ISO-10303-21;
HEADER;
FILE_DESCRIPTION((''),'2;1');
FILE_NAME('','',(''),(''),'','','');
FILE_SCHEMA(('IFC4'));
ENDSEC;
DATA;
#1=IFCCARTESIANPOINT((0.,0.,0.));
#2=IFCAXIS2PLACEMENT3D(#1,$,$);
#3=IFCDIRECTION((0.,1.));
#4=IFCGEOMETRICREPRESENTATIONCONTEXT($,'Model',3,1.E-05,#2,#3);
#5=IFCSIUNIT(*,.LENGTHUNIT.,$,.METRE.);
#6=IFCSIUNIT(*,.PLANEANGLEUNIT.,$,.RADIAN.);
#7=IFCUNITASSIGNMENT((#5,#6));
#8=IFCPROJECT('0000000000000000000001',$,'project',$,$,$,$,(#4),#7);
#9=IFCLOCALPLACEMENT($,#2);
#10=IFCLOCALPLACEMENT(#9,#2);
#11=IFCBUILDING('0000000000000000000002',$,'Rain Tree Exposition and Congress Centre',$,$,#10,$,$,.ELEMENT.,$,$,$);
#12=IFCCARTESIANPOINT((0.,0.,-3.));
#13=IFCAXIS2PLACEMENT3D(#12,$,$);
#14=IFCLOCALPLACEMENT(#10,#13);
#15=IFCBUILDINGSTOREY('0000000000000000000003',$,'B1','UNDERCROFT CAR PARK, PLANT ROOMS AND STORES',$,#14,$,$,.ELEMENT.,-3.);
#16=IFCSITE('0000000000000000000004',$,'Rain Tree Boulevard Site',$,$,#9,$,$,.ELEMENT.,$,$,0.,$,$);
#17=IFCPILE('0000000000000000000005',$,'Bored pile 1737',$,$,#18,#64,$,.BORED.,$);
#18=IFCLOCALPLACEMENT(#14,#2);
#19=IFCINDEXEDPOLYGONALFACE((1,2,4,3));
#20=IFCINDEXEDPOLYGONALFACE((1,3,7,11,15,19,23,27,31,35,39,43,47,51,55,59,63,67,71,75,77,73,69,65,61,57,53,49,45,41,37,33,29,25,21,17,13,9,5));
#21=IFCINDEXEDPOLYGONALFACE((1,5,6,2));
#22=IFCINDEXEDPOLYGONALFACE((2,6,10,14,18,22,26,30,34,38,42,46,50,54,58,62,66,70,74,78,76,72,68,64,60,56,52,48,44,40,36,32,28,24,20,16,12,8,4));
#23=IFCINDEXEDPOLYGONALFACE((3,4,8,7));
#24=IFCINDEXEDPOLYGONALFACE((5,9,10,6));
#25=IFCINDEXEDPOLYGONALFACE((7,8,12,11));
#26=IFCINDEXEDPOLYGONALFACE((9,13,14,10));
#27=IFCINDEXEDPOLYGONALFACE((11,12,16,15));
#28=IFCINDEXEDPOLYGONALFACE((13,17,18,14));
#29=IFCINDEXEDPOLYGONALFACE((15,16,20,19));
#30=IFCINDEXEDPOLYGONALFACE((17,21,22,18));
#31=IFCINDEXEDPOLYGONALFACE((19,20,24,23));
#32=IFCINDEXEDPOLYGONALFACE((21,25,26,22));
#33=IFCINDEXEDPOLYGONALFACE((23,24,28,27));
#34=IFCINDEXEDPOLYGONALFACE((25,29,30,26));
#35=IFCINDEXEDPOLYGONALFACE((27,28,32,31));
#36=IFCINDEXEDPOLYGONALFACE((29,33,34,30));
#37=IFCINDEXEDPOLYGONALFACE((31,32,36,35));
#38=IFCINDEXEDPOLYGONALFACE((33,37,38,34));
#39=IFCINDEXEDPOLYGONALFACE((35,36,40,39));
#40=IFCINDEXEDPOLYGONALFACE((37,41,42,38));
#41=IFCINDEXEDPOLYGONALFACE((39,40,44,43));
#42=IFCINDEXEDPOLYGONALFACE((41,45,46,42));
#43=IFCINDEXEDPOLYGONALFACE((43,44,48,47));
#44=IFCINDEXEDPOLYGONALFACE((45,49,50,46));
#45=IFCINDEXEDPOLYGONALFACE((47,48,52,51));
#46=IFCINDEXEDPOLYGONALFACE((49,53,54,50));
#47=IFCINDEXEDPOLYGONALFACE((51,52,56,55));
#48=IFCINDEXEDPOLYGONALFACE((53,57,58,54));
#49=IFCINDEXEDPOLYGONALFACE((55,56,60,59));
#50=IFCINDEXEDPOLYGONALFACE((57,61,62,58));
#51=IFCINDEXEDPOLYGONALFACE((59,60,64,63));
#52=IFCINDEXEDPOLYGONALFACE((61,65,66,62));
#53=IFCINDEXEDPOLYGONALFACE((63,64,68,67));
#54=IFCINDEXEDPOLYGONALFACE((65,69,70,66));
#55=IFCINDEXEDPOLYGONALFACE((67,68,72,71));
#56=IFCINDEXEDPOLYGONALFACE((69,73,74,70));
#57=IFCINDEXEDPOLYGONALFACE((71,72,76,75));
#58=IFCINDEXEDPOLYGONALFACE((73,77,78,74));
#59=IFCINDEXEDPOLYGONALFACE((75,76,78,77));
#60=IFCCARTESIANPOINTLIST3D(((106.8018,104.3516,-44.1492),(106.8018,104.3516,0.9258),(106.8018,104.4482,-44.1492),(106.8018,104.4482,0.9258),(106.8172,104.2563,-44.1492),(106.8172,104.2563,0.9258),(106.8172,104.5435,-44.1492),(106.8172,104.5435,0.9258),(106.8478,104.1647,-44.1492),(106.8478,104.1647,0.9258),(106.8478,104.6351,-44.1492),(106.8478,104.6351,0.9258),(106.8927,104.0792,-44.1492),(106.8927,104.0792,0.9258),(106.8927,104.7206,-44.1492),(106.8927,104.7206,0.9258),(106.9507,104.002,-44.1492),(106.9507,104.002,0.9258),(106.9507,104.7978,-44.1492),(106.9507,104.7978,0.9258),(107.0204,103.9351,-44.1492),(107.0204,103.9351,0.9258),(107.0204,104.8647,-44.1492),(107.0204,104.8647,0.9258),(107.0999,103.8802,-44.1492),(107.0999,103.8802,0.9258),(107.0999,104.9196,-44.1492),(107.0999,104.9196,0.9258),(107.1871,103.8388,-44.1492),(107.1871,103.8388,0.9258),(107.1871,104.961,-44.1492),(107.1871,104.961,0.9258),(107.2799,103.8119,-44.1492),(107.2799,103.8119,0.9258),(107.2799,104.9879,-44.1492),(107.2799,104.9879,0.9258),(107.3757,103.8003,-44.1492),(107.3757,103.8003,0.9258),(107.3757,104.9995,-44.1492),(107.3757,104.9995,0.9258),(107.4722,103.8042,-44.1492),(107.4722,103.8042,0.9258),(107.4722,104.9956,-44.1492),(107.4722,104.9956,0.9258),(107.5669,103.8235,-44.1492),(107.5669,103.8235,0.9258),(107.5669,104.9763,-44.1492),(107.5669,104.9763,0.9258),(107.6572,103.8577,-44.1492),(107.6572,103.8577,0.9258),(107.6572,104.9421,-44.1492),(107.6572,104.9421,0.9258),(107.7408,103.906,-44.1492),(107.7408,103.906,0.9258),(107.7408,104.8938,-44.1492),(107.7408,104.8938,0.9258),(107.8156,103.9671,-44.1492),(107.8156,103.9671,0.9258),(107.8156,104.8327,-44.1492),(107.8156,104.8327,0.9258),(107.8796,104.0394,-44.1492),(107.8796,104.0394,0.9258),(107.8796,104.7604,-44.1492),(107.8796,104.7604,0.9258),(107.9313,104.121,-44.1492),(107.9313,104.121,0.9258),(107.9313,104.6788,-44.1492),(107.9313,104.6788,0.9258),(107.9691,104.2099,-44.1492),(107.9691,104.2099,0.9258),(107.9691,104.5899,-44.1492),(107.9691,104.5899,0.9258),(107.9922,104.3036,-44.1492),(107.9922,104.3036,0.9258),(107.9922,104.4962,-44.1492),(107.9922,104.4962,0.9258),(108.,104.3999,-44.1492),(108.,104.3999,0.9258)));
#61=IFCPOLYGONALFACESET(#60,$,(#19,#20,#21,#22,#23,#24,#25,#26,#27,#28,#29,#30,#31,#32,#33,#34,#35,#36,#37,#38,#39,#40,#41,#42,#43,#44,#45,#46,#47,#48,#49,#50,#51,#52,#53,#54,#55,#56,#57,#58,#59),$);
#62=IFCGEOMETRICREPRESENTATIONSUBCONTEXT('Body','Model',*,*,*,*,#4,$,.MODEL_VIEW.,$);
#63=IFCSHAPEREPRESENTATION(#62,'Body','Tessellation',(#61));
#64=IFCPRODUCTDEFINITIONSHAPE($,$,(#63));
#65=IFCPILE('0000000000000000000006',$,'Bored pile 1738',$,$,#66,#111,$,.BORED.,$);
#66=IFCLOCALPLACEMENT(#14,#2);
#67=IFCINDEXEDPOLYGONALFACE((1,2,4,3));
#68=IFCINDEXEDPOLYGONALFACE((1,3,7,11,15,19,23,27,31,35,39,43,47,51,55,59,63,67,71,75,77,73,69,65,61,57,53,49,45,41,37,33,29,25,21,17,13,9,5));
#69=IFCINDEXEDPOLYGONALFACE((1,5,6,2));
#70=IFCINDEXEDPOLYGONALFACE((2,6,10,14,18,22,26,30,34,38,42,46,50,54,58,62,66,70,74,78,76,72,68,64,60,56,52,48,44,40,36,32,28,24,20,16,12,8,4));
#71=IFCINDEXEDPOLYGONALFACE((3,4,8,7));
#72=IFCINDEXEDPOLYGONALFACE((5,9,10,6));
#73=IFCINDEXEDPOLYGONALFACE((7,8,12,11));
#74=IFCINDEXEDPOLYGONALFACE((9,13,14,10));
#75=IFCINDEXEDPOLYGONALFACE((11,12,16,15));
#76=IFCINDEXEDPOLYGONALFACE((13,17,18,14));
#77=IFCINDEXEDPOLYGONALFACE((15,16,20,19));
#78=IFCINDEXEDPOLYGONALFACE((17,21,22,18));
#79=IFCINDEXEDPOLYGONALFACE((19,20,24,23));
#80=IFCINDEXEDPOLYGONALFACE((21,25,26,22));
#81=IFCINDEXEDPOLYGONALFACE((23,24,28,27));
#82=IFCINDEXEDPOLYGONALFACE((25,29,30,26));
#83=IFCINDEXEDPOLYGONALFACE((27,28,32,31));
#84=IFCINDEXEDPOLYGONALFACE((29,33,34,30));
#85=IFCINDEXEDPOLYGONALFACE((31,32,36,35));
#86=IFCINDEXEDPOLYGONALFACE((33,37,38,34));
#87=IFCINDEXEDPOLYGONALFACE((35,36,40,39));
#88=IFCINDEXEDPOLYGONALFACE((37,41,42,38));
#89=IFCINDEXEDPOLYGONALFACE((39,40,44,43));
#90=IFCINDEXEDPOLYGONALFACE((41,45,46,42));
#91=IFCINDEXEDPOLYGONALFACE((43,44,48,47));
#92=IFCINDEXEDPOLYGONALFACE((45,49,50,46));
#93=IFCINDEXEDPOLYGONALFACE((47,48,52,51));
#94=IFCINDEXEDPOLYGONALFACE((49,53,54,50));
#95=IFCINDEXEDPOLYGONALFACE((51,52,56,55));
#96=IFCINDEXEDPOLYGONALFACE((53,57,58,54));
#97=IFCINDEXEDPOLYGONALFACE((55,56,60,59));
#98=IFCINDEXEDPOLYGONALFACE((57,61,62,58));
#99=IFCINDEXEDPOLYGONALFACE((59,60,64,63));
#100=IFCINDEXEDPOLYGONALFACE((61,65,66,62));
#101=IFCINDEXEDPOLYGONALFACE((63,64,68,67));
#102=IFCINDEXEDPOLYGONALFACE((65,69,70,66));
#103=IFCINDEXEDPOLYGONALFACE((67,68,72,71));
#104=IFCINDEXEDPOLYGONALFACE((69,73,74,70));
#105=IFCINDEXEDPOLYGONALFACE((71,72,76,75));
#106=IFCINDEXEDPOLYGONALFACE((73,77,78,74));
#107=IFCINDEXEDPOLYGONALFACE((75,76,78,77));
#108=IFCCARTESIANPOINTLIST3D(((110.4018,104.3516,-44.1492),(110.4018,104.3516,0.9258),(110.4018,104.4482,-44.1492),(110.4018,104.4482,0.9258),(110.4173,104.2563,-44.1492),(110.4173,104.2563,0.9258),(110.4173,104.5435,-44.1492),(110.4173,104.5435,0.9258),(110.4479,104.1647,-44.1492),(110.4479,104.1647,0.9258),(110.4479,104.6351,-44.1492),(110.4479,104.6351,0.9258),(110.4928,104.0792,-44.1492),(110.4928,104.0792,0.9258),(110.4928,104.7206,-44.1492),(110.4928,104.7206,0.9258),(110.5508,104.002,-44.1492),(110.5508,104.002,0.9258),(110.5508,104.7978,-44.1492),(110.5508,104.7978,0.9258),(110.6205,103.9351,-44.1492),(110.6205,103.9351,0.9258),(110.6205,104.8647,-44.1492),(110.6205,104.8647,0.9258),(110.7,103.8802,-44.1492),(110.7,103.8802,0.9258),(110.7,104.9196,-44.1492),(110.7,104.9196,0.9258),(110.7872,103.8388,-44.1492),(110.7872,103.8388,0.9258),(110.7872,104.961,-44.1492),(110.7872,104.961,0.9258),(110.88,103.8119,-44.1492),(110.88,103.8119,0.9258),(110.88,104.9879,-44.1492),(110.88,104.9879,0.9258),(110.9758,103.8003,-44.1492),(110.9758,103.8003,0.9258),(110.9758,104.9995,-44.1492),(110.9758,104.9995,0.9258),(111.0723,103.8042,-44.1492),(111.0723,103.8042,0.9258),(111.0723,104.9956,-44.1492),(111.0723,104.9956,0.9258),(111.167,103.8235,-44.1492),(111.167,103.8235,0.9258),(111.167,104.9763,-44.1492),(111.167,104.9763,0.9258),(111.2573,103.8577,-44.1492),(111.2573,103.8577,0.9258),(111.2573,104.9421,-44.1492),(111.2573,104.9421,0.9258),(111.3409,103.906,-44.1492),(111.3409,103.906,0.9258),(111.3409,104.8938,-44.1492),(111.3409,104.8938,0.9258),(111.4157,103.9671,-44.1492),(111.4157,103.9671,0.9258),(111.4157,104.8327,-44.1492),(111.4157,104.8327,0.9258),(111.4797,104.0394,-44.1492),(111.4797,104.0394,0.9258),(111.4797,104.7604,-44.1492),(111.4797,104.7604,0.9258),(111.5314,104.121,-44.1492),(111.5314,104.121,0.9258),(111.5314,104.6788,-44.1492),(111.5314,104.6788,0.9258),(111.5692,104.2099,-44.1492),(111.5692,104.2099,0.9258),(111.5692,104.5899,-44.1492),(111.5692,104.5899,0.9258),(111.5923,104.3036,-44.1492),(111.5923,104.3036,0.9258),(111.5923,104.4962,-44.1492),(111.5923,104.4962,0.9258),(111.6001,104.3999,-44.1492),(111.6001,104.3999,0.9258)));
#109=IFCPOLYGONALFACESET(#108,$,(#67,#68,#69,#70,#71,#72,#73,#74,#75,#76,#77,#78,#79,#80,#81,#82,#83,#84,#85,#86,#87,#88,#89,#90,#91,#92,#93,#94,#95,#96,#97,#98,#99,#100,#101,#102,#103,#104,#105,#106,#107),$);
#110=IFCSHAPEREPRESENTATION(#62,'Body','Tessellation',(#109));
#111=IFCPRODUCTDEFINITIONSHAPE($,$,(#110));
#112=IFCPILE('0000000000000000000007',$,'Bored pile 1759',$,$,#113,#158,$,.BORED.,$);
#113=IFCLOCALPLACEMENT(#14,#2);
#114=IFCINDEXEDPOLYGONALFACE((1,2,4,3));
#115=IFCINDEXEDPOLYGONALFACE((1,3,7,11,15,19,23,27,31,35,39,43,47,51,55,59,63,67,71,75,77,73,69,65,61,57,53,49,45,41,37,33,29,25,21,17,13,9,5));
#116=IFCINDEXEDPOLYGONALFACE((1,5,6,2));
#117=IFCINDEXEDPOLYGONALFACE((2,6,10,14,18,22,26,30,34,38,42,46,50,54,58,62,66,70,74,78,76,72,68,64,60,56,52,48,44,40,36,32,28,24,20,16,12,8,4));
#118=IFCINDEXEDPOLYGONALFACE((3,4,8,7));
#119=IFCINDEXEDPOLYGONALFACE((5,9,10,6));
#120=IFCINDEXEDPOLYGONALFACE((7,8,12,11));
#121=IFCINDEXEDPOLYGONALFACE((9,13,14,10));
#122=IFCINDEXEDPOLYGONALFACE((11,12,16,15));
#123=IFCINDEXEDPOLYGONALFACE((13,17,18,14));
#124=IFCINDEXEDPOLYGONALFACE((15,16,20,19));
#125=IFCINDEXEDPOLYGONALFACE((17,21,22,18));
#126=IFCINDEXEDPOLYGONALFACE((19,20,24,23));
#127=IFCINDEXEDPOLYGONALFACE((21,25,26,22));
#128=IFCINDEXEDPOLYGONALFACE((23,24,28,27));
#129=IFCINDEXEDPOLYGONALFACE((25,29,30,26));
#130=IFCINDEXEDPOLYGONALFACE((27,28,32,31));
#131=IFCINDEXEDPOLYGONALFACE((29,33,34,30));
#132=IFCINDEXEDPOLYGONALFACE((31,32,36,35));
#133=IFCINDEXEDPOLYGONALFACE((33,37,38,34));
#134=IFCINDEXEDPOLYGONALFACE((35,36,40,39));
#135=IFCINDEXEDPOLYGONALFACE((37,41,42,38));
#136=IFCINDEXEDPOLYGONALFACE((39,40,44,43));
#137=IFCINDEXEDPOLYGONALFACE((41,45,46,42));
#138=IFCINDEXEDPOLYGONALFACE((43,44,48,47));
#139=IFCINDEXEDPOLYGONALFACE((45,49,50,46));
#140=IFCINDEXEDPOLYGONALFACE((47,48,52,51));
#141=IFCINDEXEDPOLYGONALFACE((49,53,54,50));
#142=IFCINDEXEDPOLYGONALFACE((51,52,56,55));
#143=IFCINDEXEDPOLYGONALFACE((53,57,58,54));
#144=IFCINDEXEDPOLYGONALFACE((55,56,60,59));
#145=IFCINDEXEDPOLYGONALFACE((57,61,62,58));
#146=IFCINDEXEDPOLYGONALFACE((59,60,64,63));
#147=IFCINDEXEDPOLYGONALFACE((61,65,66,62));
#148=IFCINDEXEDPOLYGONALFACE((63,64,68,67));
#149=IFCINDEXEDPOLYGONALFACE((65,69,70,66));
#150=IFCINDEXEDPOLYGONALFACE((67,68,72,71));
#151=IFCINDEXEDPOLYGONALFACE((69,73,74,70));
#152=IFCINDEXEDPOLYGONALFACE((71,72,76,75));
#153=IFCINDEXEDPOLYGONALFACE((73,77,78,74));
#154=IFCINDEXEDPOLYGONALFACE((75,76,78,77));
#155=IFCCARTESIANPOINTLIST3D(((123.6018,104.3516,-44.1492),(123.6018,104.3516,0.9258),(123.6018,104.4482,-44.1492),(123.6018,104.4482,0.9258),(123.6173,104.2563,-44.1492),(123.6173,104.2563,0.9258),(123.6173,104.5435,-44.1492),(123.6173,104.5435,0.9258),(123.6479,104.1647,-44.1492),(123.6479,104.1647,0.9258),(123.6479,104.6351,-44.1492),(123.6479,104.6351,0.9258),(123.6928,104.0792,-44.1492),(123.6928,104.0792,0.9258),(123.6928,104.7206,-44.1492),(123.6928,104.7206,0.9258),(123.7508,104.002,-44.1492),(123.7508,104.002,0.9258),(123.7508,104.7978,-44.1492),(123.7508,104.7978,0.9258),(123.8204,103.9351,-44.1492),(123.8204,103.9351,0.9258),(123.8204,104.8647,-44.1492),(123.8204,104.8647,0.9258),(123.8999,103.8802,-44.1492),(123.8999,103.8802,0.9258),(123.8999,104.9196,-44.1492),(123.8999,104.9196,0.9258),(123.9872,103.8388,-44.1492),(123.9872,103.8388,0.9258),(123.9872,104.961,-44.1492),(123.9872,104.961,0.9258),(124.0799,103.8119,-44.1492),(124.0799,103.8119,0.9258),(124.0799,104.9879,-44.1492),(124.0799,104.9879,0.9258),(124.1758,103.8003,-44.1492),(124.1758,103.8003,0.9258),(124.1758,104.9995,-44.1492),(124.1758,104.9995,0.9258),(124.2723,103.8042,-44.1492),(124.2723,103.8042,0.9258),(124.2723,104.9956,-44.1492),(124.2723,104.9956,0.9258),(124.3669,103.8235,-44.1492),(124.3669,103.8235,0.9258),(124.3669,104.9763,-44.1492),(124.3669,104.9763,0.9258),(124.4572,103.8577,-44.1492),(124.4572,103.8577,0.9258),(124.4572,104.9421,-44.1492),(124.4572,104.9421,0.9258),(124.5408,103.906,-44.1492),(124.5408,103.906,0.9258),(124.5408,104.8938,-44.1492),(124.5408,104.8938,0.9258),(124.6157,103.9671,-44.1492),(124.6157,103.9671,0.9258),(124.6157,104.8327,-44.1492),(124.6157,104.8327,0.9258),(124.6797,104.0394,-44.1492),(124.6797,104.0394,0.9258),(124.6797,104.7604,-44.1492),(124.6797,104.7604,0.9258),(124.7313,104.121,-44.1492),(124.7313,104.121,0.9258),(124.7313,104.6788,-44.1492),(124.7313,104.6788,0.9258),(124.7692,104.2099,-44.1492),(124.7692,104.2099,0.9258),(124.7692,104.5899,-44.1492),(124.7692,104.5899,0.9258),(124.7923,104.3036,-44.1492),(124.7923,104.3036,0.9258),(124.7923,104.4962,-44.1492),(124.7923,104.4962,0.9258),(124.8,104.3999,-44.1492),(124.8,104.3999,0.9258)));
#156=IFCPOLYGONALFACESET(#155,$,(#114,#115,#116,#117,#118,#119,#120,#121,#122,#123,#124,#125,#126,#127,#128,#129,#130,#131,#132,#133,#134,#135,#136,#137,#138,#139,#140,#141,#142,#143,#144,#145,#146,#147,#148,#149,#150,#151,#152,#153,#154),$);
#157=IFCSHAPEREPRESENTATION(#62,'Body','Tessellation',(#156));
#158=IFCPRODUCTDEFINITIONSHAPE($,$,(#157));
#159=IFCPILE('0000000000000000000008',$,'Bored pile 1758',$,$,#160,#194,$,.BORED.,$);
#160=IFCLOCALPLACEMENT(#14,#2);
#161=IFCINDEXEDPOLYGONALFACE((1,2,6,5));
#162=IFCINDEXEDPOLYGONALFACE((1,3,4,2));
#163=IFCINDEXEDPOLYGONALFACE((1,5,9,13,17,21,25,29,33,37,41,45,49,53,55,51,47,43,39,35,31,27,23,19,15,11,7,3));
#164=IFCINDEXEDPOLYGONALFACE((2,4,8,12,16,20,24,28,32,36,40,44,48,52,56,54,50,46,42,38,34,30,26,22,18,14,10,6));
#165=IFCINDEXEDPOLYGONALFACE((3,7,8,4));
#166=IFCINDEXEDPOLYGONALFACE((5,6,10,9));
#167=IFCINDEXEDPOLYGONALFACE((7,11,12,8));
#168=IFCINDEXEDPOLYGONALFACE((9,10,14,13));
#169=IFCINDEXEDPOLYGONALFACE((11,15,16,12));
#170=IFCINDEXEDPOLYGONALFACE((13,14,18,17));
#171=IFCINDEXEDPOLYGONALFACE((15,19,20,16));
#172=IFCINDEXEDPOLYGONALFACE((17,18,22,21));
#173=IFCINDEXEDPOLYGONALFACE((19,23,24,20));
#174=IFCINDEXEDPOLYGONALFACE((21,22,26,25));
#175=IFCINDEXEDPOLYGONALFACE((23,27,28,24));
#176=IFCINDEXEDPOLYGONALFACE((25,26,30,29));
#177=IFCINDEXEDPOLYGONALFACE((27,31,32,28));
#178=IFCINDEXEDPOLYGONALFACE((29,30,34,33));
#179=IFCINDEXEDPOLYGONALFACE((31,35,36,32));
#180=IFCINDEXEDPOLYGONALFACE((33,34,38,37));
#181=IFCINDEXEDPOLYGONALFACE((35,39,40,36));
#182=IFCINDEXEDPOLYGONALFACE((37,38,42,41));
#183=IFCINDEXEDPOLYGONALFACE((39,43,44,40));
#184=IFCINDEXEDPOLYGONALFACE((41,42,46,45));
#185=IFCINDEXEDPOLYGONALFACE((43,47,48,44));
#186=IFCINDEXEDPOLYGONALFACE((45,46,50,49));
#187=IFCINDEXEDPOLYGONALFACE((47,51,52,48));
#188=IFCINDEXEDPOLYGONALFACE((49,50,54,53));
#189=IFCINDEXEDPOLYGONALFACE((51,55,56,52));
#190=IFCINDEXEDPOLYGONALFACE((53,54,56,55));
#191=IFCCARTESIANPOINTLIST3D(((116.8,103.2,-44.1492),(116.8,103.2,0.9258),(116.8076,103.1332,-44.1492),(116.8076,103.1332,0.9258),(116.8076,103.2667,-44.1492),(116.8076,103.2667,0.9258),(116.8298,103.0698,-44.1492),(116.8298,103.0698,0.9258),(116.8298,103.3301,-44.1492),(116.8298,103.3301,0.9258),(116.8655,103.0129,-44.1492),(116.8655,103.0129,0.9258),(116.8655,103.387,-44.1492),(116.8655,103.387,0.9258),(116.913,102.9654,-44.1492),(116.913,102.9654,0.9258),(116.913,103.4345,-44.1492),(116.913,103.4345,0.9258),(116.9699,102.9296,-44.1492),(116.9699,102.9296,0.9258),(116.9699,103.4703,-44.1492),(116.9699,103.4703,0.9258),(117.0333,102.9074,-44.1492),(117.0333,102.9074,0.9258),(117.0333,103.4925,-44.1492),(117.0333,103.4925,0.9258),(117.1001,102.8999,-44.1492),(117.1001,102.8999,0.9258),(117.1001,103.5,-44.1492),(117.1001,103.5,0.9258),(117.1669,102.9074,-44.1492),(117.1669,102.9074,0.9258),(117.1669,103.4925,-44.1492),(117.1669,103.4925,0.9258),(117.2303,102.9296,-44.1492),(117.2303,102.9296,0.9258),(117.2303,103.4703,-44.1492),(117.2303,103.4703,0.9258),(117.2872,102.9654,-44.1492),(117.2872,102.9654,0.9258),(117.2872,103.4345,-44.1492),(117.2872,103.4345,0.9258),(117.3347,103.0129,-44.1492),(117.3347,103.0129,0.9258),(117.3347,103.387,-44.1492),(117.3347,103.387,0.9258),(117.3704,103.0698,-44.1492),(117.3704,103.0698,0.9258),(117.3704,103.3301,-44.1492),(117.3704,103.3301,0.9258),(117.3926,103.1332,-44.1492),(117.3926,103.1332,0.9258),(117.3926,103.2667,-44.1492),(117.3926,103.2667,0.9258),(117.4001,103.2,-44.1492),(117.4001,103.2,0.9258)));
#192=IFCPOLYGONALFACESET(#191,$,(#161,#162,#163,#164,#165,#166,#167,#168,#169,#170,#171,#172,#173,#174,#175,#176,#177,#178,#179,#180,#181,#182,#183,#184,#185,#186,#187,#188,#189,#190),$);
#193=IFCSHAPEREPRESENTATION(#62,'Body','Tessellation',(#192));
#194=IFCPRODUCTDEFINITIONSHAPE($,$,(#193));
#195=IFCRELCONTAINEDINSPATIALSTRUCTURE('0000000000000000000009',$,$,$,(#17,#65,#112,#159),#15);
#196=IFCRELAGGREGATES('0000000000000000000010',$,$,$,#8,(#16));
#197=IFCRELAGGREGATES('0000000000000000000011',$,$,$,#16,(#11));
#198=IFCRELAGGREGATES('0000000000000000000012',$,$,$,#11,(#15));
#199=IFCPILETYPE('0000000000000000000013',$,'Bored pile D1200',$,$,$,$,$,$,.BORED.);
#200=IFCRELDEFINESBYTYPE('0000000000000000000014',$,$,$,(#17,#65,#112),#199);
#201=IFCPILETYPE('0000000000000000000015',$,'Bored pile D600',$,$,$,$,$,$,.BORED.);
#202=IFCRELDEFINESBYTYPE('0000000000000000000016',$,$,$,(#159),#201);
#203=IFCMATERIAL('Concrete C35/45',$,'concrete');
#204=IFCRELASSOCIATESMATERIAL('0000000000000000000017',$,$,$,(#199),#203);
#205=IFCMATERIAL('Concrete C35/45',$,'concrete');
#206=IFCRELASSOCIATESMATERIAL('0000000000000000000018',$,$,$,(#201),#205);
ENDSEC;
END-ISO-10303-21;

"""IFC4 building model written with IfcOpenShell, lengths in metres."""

from ifc_helpers import new_model, si_unit, direction, frame, origin, origin_2d, place, context, subcontext, project, spatial, circle, extrude, material, material_profile, profile_set, type_object, element, save


model = new_model("IFC4")

# Units and contexts
model_context = context("Model", 3, precision=1e-05, world=origin(), true_north=direction((0.0, 1.0)))
body_context = subcontext(model_context, "Body", "Model", "MODEL_VIEW")
ifc_project = project(units=[si_unit("LENGTHUNIT", "METRE"), si_unit("PLANEANGLEUNIT", "RADIAN")], contexts=[model_context])

# Site, building, storey
site_placement = place(None, origin())
site = spatial("IfcSite", under=ifc_project, at=site_placement, Name="Rain Tree Boulevard Site", CompositionType="ELEMENT", RefElevation=0.0)
building_placement = place(site_placement, origin())
building = spatial("IfcBuilding", under=site, at=building_placement, Name="Rain Tree Exposition and Congress Centre", CompositionType="ELEMENT")
storey_placement = place(building_placement, frame((0.0, 0.0, -3.0)))
storey = spatial("IfcBuildingStorey", under=building, at=storey_placement, Name="B1", Description="UNDERCROFT CAR PARK, PLANT ROOMS AND STORES", CompositionType="ELEMENT", Elevation=-3.0)

# Piles
ifc_material_1 = material(Name="Concrete C35/45", Category="concrete")
ifc_material_profile_1 = material_profile(ifc_material_1, circle(Radius=0.6001, at=origin_2d()), Name="D1200")
ifc_profile_set_1 = profile_set([ifc_material_profile_1], Name="Concrete C35/45")
pile_type_1 = type_object("IfcPileType", Name="Bored pile D1200", PredefinedType="BORED", material=ifc_profile_set_1)
for number, where, z_axis, x_axis, name in (
    (1, (107.3999, 104.3999, 0.9258), (0.0, 0.0, -1.0), (1.0, 0.0, 0.0), "Bored pile 1737"),
    (2, (111.0, 104.3999, 0.9258), (0.0, 0.0, -1.0), (1.0, 0.0, 0.0), "Bored pile 1738"),
    (3, (124.2, 104.3999, 0.9258), (0.0, 0.0, -1.0), (1.0, 0.0, 0.0), "Bored pile 1759"),
):
    element("IfcPile", number, at=place(storey_placement, frame(where, z_axis=z_axis, x_axis=x_axis)), inside=storey, type_object=pile_type_1, Name=name, PredefinedType="BORED", context=body_context, shape_type="SweptSolid", body=[
        extrude(circle(Radius=0.6001, at=origin_2d()), origin(), (0.0, 0.0, 1.0), 45.075),
    ])
ifc_material_2 = material(Name="Concrete C35/45", Category="concrete")
ifc_material_profile_2 = material_profile(ifc_material_2, circle(Radius=0.3, at=origin_2d()), Name="D600")
ifc_profile_set_2 = profile_set([ifc_material_profile_2], Name="Concrete C35/45")
pile_type_2 = type_object("IfcPileType", Name="Bored pile D600", PredefinedType="BORED", material=ifc_profile_set_2)
for number, where, z_axis, x_axis, name in (
    (4, (117.1001, 103.2, 0.9258), (0.0, 0.0, -1.0), (1.0, 0.0, 0.0), "Bored pile 1758"),
):
    element("IfcPile", number, at=place(storey_placement, frame(where, z_axis=z_axis, x_axis=x_axis)), inside=storey, type_object=pile_type_2, Name=name, PredefinedType="BORED", context=body_context, shape_type="SweptSolid", body=[
        extrude(circle(Radius=0.3, at=origin_2d()), origin(), (0.0, 0.0, 1.0), 45.075),
    ])

save(model, "model.ifc")
